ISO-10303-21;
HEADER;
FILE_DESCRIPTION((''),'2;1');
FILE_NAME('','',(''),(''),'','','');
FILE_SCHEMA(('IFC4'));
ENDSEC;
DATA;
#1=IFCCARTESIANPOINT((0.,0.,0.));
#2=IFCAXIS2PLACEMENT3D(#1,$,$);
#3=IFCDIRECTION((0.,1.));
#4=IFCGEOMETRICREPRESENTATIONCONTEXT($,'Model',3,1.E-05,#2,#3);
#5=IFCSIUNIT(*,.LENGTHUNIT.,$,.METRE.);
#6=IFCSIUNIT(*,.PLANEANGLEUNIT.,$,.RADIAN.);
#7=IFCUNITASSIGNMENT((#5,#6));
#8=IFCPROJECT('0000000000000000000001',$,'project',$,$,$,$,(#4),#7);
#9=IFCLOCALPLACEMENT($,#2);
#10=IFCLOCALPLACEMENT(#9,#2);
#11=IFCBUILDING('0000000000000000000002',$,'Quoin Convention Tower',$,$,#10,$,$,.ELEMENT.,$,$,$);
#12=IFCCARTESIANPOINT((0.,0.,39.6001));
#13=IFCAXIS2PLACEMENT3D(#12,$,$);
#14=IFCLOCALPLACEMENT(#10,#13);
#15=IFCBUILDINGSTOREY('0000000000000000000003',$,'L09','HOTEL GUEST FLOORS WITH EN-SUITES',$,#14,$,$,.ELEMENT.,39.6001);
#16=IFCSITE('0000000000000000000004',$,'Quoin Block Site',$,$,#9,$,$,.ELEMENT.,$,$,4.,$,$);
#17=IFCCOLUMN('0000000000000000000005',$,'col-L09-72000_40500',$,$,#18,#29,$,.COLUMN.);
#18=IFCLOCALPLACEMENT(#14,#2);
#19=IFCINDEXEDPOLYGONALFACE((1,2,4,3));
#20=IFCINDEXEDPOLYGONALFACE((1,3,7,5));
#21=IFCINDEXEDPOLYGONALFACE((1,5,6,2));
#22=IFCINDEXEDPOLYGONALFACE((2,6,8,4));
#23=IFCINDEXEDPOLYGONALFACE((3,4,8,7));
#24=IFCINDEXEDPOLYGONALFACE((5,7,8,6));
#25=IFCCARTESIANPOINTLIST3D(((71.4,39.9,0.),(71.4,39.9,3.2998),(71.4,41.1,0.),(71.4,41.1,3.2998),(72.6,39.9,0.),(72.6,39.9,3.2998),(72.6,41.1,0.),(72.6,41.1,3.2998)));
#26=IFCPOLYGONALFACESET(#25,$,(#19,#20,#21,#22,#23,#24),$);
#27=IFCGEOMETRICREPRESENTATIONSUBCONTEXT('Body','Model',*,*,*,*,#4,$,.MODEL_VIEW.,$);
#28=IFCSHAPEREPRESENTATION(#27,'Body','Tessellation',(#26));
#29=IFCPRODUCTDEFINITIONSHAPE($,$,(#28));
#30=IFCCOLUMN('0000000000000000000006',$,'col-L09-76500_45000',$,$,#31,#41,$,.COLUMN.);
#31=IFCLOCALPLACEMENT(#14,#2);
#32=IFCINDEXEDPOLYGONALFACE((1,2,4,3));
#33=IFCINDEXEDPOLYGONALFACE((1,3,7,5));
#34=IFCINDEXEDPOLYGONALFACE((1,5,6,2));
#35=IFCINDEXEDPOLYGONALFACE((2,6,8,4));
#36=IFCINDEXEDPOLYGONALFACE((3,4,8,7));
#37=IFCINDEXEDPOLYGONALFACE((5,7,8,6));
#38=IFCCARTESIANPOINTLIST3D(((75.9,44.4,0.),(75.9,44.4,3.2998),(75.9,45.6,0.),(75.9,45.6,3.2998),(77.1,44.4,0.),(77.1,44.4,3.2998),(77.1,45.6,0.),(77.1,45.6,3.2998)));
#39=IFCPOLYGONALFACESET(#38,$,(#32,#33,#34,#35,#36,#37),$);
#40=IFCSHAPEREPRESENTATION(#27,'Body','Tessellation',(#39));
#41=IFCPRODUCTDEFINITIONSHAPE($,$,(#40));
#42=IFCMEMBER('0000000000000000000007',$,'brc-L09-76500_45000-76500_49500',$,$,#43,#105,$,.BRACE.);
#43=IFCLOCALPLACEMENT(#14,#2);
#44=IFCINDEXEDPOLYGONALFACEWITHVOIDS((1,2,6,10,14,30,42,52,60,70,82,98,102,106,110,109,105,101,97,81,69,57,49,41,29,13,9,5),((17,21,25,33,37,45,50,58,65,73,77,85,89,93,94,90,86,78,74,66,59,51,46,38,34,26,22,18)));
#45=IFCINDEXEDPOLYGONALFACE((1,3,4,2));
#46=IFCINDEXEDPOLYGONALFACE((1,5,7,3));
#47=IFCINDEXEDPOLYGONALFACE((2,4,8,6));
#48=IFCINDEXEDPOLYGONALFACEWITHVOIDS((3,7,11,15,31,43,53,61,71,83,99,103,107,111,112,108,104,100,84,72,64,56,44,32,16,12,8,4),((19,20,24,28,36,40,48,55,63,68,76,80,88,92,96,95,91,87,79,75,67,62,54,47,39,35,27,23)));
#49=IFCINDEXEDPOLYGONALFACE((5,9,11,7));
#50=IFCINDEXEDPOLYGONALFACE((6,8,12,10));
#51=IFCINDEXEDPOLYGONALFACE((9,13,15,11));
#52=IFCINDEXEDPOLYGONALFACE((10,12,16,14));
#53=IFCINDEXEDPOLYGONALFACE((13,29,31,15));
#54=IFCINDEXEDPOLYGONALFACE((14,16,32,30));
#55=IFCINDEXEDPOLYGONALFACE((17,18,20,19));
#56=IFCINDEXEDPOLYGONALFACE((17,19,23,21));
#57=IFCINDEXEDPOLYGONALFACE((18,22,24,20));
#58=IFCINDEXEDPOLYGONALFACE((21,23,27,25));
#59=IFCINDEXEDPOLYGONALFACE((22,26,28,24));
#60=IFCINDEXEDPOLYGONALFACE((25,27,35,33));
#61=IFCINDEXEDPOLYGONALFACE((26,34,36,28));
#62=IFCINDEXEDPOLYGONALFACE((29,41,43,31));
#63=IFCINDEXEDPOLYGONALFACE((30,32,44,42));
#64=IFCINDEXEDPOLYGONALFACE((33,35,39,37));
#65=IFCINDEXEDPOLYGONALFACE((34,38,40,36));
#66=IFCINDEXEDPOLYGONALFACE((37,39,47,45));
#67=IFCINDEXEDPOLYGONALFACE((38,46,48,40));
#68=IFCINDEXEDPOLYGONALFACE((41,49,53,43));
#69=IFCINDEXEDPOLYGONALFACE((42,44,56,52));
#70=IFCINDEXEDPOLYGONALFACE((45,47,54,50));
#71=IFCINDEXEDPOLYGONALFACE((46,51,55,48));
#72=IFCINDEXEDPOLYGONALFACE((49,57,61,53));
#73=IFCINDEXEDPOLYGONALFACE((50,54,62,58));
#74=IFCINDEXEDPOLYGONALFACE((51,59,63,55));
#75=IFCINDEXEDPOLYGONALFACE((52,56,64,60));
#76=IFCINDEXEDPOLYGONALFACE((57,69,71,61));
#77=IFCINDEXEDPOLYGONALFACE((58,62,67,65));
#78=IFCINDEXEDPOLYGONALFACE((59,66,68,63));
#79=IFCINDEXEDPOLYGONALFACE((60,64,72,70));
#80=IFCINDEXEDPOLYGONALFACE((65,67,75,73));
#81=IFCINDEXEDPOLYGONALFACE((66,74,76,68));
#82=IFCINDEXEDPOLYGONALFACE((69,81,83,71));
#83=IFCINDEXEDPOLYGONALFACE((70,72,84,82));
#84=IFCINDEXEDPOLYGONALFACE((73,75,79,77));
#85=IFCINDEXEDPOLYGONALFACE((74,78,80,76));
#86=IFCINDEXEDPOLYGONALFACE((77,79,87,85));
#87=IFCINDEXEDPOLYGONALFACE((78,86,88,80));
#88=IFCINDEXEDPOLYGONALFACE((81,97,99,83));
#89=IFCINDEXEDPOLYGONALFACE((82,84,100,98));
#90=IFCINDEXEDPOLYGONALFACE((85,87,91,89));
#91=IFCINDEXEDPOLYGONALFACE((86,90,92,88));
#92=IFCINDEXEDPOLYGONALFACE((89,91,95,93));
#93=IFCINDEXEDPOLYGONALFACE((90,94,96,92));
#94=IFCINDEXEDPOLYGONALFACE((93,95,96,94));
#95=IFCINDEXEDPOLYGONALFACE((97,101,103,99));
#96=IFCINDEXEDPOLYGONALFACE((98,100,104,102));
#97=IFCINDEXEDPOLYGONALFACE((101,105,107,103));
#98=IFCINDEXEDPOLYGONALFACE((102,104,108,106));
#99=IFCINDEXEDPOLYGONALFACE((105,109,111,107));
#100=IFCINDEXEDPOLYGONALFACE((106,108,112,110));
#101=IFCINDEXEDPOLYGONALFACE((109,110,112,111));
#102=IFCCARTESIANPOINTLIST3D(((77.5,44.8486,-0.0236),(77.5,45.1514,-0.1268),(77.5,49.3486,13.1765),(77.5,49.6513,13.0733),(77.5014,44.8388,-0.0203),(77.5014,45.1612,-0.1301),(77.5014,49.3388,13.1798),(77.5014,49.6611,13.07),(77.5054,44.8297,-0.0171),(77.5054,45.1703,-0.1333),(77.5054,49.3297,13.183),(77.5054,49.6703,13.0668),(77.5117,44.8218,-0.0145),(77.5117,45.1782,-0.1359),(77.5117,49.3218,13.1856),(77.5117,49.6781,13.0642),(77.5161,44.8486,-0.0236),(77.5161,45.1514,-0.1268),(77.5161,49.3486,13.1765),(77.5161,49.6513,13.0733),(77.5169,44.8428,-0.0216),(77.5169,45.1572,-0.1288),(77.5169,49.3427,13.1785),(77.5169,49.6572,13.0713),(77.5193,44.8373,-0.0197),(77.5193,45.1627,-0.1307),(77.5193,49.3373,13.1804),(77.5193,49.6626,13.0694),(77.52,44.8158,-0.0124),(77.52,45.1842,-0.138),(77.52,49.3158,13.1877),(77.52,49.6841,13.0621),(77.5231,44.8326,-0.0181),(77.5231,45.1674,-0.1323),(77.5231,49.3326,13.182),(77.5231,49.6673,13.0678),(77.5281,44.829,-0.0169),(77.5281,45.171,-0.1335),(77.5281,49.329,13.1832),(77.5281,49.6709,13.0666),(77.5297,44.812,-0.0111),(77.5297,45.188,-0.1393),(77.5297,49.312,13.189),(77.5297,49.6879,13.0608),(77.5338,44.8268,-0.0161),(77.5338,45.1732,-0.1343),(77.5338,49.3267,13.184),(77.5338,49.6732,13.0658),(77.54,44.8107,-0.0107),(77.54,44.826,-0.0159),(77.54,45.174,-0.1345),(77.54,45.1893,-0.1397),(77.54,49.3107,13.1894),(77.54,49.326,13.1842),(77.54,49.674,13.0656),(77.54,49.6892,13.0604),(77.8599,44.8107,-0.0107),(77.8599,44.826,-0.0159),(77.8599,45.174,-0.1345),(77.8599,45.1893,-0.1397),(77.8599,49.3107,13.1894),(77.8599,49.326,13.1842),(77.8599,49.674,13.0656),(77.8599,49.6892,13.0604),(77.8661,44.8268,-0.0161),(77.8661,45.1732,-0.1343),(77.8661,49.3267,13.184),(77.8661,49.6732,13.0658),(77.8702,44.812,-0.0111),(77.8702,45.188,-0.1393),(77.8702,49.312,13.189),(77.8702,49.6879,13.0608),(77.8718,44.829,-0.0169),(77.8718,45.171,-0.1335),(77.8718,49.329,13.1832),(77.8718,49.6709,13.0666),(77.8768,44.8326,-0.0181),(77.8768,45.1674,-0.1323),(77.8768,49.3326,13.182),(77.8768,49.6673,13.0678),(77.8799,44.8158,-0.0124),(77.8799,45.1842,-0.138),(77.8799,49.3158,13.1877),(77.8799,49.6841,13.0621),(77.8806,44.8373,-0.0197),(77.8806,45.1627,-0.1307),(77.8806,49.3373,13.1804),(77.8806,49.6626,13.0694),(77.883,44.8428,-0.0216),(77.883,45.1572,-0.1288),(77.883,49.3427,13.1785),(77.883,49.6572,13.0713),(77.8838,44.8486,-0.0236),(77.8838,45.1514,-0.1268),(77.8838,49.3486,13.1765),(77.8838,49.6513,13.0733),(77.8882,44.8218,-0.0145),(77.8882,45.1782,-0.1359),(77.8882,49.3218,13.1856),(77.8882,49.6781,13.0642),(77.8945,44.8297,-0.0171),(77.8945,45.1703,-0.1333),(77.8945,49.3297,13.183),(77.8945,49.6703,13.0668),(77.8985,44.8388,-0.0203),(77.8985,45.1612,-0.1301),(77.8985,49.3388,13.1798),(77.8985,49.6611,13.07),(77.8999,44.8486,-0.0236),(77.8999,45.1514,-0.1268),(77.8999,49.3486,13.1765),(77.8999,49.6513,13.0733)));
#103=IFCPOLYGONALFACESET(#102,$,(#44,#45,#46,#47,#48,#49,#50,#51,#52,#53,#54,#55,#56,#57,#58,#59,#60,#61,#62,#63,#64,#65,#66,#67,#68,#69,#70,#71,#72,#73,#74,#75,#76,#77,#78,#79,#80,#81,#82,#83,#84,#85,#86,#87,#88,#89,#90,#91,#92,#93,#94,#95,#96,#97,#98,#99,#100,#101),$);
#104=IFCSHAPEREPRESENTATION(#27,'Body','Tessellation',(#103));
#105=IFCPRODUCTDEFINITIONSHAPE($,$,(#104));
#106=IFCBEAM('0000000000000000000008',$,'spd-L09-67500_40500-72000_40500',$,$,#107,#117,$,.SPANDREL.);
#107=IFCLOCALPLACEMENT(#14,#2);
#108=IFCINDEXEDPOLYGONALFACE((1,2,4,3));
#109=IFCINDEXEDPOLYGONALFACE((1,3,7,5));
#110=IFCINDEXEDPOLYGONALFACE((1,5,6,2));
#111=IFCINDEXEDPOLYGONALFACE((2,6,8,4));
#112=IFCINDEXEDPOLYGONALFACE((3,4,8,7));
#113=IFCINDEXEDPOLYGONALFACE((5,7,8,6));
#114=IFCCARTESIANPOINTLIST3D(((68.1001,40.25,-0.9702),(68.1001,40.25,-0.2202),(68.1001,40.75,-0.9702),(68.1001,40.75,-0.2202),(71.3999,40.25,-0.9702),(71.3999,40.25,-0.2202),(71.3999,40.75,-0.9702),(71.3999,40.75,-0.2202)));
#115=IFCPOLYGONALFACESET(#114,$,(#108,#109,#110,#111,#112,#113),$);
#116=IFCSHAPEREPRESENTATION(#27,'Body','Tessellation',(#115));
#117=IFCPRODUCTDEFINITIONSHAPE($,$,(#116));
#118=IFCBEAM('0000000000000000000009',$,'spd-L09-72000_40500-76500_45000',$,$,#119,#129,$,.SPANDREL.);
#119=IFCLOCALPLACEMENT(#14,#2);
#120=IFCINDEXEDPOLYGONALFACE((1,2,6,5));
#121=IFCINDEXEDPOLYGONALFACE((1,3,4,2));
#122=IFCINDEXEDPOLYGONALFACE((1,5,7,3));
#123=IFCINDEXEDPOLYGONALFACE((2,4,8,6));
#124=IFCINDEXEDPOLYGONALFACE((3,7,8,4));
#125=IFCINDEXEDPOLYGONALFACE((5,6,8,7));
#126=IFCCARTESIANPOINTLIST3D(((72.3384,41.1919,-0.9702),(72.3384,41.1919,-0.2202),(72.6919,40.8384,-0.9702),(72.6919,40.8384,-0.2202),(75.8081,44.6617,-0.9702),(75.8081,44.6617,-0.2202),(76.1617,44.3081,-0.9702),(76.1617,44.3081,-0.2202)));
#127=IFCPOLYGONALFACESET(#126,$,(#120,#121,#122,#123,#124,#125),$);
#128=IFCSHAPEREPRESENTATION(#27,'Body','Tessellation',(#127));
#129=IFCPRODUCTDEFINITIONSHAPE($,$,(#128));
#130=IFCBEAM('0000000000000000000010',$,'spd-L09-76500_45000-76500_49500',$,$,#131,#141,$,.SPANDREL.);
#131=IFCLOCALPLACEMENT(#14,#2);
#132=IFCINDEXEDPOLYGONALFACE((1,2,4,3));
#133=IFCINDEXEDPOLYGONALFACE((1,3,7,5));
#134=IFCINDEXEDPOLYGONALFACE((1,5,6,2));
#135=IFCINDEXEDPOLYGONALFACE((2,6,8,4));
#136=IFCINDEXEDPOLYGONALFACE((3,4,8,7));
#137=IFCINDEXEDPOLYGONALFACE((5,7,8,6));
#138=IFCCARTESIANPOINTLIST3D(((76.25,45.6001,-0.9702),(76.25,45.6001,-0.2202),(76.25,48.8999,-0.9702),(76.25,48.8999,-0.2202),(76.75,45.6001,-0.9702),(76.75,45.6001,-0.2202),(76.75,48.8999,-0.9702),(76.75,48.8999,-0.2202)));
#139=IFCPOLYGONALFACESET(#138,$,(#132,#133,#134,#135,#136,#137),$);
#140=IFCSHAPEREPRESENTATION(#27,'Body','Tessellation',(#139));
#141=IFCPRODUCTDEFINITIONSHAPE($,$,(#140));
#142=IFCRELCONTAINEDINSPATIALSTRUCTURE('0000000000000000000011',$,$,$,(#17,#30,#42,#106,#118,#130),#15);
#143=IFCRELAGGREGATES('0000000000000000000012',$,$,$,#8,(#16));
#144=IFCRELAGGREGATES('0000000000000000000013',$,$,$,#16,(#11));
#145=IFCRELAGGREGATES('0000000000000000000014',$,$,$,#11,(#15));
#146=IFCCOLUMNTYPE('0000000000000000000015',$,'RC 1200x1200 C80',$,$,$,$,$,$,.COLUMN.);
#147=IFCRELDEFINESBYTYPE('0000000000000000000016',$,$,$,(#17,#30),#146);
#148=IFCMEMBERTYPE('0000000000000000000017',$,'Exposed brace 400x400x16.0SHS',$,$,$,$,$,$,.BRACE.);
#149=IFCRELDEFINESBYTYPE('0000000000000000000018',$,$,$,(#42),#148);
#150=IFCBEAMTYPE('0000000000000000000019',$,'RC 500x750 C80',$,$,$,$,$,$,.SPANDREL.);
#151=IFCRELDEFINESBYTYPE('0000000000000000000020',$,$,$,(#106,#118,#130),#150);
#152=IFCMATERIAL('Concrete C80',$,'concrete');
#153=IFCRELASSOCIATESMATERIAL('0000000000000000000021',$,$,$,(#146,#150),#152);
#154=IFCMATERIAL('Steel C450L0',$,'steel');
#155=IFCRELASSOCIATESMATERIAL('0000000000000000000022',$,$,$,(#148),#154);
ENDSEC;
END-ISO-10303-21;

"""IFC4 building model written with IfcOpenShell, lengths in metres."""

from ifc_helpers import new_model, si_unit, direction, frame, origin, origin_2d, place, context, subcontext, project, spatial, rectangle, hollow_rectangle, extrude, material, material_profile, profile_set, type_object, element, save


model = new_model("IFC4")

# Units and contexts
model_context = context("Model", 3, precision=1e-05, world=origin(), true_north=direction((0.0, 1.0)))
body_context = subcontext(model_context, "Body", "Model", "MODEL_VIEW")
ifc_project = project(units=[si_unit("LENGTHUNIT", "METRE"), si_unit("PLANEANGLEUNIT", "RADIAN")], contexts=[model_context])

# Site, building, storey
site_placement = place(None, origin())
site = spatial("IfcSite", under=ifc_project, at=site_placement, Name="Quoin Block Site", CompositionType="ELEMENT", RefElevation=4.0)
building_placement = place(site_placement, origin())
building = spatial("IfcBuilding", under=site, at=building_placement, Name="Quoin Convention Tower", CompositionType="ELEMENT")
storey_placement = place(building_placement, frame((0.0, 0.0, 39.6001)))
storey = spatial("IfcBuildingStorey", under=building, at=storey_placement, Name="L09", Description="HOTEL GUEST FLOORS WITH EN-SUITES", CompositionType="ELEMENT", Elevation=39.6001)

# Columns
ifc_material_1 = material(Name="Concrete C80", Category="concrete")
ifc_material_profile_1 = material_profile(ifc_material_1, rectangle(XDim=1.2, YDim=1.2, at=origin_2d()), Name="RC 1200x1200")
ifc_profile_set_1 = profile_set([ifc_material_profile_1], Name="Concrete C80")
column_type = type_object("IfcColumnType", Name="RC 1200x1200 C80", PredefinedType="COLUMN", material=ifc_profile_set_1)
for number, where, z_axis, x_axis, name in (
    (1, (72.0, 40.5, 0.0), (0.0, 0.0, 1.0), (1.0, 0.0, 0.0), "col-L09-72000_40500"),
    (2, (76.5, 45.0, 0.0), (0.0, 0.0, 1.0), (1.0, 0.0, 0.0), "col-L09-76500_45000"),
):
    element("IfcColumn", number, at=place(storey_placement, frame(where, z_axis=z_axis, x_axis=x_axis)), inside=storey, type_object=column_type, Name=name, PredefinedType="COLUMN", context=body_context, shape_type="SweptSolid", body=[
        extrude(rectangle(XDim=1.2, YDim=1.2, at=origin_2d()), origin(), (0.0, 0.0, 1.0), 3.2998),
    ])

# Member
ifc_material_2 = material(Name="Steel C450L0", Category="steel")
ifc_material_profile_2 = material_profile(ifc_material_2, hollow_rectangle(XDim=0.3999, YDim=0.3999, WallThickness=0.0161, InnerFilletRadius=0.0239, OuterFilletRadius=0.04, at=origin_2d()), Name="400x400x16.0SHS")
ifc_profile_set_2 = profile_set([ifc_material_profile_2], Name="Steel C450L0")
member_type = type_object("IfcMemberType", Name="Exposed brace 400x400x16.0SHS", PredefinedType="BRACE", material=ifc_profile_set_2)
member_placement = place(storey_placement, frame((77.7, 45.0, -0.0752), z_axis=(0.0, 0.32267, 0.946512), x_axis=(-1.0, 0.0, 0.0)))
element("IfcMember", 3, at=member_placement, inside=storey, type_object=member_type, Name="brc-L09-76500_45000-76500_49500", PredefinedType="BRACE", context=body_context, shape_type="SweptSolid", body=[
    extrude(hollow_rectangle(XDim=0.3999, YDim=0.3999, WallThickness=0.0161, InnerFilletRadius=0.0239, OuterFilletRadius=0.04, at=origin_2d()), origin(), (0.0, 0.0, 1.0), 13.946),
])

# Beams
ifc_material_profile_3 = material_profile(ifc_material_1, rectangle(XDim=0.5, YDim=0.75, at=origin_2d()), Name="RC 500x750")
ifc_profile_set_3 = profile_set([ifc_material_profile_3], Name="Concrete C80")
beam_type = type_object("IfcBeamType", Name="RC 500x750 C80", PredefinedType="SPANDREL", material=ifc_profile_set_3)
beam_1_placement = place(storey_placement, frame((68.1001, 40.5, -0.5952), z_axis=(1.0, 0.0, 0.0), x_axis=(0.0, 1.0, 0.0)))
element("IfcBeam", 4, at=beam_1_placement, inside=storey, type_object=beam_type, Name="spd-L09-67500_40500-72000_40500", PredefinedType="SPANDREL", context=body_context, shape_type="SweptSolid", body=[
    extrude(rectangle(XDim=0.5, YDim=0.75, at=origin_2d()), origin(), (0.0, 0.0, 1.0), 3.2998),
])
beam_2_placement = place(storey_placement, frame((72.5151, 41.0151, -0.5952), z_axis=(0.707107, 0.707107, 0.0), x_axis=(-0.707107, 0.707107, 0.0)))
element("IfcBeam", 5, at=beam_2_placement, inside=storey, type_object=beam_type, Name="spd-L09-72000_40500-76500_45000", PredefinedType="SPANDREL", context=body_context, shape_type="SweptSolid", body=[
    extrude(rectangle(XDim=0.5, YDim=0.75, at=origin_2d()), origin(), (0.0, 0.0, 1.0), 4.907),
])
beam_3_placement = place(storey_placement, frame((76.5, 45.6001, -0.5952), z_axis=(0.0, 1.0, 0.0), x_axis=(-1.0, 0.0, 0.0)))
element("IfcBeam", 6, at=beam_3_placement, inside=storey, type_object=beam_type, Name="spd-L09-76500_45000-76500_49500", PredefinedType="SPANDREL", context=body_context, shape_type="SweptSolid", body=[
    extrude(rectangle(XDim=0.5, YDim=0.75, at=origin_2d()), origin(), (0.0, 0.0, 1.0), 3.2998),
])

save(model, "model.ifc")
